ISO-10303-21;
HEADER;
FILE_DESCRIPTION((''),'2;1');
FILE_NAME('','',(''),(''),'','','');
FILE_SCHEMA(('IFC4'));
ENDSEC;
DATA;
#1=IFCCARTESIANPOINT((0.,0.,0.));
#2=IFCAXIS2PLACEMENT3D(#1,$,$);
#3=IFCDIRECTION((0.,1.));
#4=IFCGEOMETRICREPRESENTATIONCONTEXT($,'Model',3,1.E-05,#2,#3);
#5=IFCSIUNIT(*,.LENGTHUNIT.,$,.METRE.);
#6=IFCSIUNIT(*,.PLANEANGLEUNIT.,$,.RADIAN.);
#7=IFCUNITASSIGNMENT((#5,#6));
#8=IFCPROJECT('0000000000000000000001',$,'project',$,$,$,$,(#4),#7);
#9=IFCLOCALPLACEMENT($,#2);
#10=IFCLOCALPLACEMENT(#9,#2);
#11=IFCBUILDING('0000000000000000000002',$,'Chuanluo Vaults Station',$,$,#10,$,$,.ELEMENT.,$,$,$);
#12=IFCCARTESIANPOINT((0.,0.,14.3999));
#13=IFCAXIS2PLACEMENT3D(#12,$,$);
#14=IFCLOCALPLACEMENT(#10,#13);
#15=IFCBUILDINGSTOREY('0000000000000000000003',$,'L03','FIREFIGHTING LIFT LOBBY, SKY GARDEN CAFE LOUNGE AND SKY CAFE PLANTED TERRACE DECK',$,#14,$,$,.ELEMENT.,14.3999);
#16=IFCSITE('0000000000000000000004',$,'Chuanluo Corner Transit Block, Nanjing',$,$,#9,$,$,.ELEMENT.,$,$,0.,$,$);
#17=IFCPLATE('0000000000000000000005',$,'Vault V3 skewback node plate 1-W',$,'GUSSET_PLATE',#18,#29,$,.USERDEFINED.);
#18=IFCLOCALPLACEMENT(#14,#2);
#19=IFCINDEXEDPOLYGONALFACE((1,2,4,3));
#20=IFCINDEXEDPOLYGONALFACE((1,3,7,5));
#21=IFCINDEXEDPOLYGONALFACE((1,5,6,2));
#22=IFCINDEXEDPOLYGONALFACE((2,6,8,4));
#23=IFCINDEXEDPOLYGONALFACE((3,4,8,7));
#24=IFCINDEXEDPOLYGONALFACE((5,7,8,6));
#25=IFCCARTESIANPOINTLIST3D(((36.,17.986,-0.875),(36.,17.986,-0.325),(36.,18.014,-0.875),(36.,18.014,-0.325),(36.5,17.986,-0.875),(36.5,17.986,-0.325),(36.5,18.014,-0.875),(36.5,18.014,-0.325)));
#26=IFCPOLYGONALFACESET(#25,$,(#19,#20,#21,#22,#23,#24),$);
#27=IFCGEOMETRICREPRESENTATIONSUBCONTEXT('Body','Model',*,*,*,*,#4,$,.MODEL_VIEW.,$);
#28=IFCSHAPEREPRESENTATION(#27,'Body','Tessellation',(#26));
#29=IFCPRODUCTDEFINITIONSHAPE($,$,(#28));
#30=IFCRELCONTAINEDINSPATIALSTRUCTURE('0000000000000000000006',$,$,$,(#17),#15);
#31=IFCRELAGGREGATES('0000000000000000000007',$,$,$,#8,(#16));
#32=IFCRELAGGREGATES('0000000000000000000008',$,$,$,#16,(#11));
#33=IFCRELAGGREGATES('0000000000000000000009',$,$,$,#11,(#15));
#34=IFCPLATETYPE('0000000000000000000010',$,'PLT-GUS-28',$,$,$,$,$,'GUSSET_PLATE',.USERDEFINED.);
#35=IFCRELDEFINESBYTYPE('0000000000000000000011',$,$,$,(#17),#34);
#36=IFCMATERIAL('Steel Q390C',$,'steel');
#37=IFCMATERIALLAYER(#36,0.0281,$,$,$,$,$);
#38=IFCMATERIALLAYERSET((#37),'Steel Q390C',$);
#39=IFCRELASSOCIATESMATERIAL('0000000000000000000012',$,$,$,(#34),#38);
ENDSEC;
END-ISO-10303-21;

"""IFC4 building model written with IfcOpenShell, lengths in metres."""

from ifc_helpers import new_model, si_unit, direction, frame, origin, origin_2d, place, context, subcontext, project, spatial, rectangle, extrude, material, layer, layer_set, type_object, element, save


model = new_model("IFC4")

# Units and contexts
model_context = context("Model", 3, precision=1e-05, world=origin(), true_north=direction((0.0, 1.0)))
body_context = subcontext(model_context, "Body", "Model", "MODEL_VIEW")
ifc_project = project(units=[si_unit("LENGTHUNIT", "METRE"), si_unit("PLANEANGLEUNIT", "RADIAN")], contexts=[model_context])

# Site, building, storey
site_placement = place(None, origin())
site = spatial("IfcSite", under=ifc_project, at=site_placement, Name="Chuanluo Corner Transit Block, Nanjing", CompositionType="ELEMENT", RefElevation=0.0)
building_placement = place(site_placement, origin())
building = spatial("IfcBuilding", under=site, at=building_placement, Name="Chuanluo Vaults Station", CompositionType="ELEMENT")
storey_placement = place(building_placement, frame((0.0, 0.0, 14.3999)))
storey = spatial("IfcBuildingStorey", under=building, at=storey_placement, Name="L03", Description="FIREFIGHTING LIFT LOBBY, SKY GARDEN CAFE LOUNGE AND SKY CAFE PLANTED TERRACE DECK", CompositionType="ELEMENT", Elevation=14.3999)

# Plate
ifc_material_1 = material(Name="Steel Q390C", Category="steel")
ifc_layer = layer(ifc_material_1, 0.0281)
ifc_layer_set = layer_set([ifc_layer], Name="Steel Q390C")
plate_type = type_object("IfcPlateType", Name="PLT-GUS-28", ElementType="GUSSET_PLATE", PredefinedType="USERDEFINED", material=ifc_layer_set)
plate_placement = place(storey_placement, frame((36.25, 18.0, -0.875), z_axis=(0.0, 0.0, 1.0), x_axis=(1.0, 0.0, 0.0)))
element("IfcPlate", 1, at=plate_placement, inside=storey, type_object=plate_type, Name="Vault V3 skewback node plate 1-W", ObjectType="GUSSET_PLATE", PredefinedType="USERDEFINED", context=body_context, shape_type="SweptSolid", body=[
    extrude(rectangle(XDim=0.5, YDim=0.0281, at=origin_2d()), origin(), (0.0, 0.0, 1.0), 0.55),
])

save(model, "model.ifc")
